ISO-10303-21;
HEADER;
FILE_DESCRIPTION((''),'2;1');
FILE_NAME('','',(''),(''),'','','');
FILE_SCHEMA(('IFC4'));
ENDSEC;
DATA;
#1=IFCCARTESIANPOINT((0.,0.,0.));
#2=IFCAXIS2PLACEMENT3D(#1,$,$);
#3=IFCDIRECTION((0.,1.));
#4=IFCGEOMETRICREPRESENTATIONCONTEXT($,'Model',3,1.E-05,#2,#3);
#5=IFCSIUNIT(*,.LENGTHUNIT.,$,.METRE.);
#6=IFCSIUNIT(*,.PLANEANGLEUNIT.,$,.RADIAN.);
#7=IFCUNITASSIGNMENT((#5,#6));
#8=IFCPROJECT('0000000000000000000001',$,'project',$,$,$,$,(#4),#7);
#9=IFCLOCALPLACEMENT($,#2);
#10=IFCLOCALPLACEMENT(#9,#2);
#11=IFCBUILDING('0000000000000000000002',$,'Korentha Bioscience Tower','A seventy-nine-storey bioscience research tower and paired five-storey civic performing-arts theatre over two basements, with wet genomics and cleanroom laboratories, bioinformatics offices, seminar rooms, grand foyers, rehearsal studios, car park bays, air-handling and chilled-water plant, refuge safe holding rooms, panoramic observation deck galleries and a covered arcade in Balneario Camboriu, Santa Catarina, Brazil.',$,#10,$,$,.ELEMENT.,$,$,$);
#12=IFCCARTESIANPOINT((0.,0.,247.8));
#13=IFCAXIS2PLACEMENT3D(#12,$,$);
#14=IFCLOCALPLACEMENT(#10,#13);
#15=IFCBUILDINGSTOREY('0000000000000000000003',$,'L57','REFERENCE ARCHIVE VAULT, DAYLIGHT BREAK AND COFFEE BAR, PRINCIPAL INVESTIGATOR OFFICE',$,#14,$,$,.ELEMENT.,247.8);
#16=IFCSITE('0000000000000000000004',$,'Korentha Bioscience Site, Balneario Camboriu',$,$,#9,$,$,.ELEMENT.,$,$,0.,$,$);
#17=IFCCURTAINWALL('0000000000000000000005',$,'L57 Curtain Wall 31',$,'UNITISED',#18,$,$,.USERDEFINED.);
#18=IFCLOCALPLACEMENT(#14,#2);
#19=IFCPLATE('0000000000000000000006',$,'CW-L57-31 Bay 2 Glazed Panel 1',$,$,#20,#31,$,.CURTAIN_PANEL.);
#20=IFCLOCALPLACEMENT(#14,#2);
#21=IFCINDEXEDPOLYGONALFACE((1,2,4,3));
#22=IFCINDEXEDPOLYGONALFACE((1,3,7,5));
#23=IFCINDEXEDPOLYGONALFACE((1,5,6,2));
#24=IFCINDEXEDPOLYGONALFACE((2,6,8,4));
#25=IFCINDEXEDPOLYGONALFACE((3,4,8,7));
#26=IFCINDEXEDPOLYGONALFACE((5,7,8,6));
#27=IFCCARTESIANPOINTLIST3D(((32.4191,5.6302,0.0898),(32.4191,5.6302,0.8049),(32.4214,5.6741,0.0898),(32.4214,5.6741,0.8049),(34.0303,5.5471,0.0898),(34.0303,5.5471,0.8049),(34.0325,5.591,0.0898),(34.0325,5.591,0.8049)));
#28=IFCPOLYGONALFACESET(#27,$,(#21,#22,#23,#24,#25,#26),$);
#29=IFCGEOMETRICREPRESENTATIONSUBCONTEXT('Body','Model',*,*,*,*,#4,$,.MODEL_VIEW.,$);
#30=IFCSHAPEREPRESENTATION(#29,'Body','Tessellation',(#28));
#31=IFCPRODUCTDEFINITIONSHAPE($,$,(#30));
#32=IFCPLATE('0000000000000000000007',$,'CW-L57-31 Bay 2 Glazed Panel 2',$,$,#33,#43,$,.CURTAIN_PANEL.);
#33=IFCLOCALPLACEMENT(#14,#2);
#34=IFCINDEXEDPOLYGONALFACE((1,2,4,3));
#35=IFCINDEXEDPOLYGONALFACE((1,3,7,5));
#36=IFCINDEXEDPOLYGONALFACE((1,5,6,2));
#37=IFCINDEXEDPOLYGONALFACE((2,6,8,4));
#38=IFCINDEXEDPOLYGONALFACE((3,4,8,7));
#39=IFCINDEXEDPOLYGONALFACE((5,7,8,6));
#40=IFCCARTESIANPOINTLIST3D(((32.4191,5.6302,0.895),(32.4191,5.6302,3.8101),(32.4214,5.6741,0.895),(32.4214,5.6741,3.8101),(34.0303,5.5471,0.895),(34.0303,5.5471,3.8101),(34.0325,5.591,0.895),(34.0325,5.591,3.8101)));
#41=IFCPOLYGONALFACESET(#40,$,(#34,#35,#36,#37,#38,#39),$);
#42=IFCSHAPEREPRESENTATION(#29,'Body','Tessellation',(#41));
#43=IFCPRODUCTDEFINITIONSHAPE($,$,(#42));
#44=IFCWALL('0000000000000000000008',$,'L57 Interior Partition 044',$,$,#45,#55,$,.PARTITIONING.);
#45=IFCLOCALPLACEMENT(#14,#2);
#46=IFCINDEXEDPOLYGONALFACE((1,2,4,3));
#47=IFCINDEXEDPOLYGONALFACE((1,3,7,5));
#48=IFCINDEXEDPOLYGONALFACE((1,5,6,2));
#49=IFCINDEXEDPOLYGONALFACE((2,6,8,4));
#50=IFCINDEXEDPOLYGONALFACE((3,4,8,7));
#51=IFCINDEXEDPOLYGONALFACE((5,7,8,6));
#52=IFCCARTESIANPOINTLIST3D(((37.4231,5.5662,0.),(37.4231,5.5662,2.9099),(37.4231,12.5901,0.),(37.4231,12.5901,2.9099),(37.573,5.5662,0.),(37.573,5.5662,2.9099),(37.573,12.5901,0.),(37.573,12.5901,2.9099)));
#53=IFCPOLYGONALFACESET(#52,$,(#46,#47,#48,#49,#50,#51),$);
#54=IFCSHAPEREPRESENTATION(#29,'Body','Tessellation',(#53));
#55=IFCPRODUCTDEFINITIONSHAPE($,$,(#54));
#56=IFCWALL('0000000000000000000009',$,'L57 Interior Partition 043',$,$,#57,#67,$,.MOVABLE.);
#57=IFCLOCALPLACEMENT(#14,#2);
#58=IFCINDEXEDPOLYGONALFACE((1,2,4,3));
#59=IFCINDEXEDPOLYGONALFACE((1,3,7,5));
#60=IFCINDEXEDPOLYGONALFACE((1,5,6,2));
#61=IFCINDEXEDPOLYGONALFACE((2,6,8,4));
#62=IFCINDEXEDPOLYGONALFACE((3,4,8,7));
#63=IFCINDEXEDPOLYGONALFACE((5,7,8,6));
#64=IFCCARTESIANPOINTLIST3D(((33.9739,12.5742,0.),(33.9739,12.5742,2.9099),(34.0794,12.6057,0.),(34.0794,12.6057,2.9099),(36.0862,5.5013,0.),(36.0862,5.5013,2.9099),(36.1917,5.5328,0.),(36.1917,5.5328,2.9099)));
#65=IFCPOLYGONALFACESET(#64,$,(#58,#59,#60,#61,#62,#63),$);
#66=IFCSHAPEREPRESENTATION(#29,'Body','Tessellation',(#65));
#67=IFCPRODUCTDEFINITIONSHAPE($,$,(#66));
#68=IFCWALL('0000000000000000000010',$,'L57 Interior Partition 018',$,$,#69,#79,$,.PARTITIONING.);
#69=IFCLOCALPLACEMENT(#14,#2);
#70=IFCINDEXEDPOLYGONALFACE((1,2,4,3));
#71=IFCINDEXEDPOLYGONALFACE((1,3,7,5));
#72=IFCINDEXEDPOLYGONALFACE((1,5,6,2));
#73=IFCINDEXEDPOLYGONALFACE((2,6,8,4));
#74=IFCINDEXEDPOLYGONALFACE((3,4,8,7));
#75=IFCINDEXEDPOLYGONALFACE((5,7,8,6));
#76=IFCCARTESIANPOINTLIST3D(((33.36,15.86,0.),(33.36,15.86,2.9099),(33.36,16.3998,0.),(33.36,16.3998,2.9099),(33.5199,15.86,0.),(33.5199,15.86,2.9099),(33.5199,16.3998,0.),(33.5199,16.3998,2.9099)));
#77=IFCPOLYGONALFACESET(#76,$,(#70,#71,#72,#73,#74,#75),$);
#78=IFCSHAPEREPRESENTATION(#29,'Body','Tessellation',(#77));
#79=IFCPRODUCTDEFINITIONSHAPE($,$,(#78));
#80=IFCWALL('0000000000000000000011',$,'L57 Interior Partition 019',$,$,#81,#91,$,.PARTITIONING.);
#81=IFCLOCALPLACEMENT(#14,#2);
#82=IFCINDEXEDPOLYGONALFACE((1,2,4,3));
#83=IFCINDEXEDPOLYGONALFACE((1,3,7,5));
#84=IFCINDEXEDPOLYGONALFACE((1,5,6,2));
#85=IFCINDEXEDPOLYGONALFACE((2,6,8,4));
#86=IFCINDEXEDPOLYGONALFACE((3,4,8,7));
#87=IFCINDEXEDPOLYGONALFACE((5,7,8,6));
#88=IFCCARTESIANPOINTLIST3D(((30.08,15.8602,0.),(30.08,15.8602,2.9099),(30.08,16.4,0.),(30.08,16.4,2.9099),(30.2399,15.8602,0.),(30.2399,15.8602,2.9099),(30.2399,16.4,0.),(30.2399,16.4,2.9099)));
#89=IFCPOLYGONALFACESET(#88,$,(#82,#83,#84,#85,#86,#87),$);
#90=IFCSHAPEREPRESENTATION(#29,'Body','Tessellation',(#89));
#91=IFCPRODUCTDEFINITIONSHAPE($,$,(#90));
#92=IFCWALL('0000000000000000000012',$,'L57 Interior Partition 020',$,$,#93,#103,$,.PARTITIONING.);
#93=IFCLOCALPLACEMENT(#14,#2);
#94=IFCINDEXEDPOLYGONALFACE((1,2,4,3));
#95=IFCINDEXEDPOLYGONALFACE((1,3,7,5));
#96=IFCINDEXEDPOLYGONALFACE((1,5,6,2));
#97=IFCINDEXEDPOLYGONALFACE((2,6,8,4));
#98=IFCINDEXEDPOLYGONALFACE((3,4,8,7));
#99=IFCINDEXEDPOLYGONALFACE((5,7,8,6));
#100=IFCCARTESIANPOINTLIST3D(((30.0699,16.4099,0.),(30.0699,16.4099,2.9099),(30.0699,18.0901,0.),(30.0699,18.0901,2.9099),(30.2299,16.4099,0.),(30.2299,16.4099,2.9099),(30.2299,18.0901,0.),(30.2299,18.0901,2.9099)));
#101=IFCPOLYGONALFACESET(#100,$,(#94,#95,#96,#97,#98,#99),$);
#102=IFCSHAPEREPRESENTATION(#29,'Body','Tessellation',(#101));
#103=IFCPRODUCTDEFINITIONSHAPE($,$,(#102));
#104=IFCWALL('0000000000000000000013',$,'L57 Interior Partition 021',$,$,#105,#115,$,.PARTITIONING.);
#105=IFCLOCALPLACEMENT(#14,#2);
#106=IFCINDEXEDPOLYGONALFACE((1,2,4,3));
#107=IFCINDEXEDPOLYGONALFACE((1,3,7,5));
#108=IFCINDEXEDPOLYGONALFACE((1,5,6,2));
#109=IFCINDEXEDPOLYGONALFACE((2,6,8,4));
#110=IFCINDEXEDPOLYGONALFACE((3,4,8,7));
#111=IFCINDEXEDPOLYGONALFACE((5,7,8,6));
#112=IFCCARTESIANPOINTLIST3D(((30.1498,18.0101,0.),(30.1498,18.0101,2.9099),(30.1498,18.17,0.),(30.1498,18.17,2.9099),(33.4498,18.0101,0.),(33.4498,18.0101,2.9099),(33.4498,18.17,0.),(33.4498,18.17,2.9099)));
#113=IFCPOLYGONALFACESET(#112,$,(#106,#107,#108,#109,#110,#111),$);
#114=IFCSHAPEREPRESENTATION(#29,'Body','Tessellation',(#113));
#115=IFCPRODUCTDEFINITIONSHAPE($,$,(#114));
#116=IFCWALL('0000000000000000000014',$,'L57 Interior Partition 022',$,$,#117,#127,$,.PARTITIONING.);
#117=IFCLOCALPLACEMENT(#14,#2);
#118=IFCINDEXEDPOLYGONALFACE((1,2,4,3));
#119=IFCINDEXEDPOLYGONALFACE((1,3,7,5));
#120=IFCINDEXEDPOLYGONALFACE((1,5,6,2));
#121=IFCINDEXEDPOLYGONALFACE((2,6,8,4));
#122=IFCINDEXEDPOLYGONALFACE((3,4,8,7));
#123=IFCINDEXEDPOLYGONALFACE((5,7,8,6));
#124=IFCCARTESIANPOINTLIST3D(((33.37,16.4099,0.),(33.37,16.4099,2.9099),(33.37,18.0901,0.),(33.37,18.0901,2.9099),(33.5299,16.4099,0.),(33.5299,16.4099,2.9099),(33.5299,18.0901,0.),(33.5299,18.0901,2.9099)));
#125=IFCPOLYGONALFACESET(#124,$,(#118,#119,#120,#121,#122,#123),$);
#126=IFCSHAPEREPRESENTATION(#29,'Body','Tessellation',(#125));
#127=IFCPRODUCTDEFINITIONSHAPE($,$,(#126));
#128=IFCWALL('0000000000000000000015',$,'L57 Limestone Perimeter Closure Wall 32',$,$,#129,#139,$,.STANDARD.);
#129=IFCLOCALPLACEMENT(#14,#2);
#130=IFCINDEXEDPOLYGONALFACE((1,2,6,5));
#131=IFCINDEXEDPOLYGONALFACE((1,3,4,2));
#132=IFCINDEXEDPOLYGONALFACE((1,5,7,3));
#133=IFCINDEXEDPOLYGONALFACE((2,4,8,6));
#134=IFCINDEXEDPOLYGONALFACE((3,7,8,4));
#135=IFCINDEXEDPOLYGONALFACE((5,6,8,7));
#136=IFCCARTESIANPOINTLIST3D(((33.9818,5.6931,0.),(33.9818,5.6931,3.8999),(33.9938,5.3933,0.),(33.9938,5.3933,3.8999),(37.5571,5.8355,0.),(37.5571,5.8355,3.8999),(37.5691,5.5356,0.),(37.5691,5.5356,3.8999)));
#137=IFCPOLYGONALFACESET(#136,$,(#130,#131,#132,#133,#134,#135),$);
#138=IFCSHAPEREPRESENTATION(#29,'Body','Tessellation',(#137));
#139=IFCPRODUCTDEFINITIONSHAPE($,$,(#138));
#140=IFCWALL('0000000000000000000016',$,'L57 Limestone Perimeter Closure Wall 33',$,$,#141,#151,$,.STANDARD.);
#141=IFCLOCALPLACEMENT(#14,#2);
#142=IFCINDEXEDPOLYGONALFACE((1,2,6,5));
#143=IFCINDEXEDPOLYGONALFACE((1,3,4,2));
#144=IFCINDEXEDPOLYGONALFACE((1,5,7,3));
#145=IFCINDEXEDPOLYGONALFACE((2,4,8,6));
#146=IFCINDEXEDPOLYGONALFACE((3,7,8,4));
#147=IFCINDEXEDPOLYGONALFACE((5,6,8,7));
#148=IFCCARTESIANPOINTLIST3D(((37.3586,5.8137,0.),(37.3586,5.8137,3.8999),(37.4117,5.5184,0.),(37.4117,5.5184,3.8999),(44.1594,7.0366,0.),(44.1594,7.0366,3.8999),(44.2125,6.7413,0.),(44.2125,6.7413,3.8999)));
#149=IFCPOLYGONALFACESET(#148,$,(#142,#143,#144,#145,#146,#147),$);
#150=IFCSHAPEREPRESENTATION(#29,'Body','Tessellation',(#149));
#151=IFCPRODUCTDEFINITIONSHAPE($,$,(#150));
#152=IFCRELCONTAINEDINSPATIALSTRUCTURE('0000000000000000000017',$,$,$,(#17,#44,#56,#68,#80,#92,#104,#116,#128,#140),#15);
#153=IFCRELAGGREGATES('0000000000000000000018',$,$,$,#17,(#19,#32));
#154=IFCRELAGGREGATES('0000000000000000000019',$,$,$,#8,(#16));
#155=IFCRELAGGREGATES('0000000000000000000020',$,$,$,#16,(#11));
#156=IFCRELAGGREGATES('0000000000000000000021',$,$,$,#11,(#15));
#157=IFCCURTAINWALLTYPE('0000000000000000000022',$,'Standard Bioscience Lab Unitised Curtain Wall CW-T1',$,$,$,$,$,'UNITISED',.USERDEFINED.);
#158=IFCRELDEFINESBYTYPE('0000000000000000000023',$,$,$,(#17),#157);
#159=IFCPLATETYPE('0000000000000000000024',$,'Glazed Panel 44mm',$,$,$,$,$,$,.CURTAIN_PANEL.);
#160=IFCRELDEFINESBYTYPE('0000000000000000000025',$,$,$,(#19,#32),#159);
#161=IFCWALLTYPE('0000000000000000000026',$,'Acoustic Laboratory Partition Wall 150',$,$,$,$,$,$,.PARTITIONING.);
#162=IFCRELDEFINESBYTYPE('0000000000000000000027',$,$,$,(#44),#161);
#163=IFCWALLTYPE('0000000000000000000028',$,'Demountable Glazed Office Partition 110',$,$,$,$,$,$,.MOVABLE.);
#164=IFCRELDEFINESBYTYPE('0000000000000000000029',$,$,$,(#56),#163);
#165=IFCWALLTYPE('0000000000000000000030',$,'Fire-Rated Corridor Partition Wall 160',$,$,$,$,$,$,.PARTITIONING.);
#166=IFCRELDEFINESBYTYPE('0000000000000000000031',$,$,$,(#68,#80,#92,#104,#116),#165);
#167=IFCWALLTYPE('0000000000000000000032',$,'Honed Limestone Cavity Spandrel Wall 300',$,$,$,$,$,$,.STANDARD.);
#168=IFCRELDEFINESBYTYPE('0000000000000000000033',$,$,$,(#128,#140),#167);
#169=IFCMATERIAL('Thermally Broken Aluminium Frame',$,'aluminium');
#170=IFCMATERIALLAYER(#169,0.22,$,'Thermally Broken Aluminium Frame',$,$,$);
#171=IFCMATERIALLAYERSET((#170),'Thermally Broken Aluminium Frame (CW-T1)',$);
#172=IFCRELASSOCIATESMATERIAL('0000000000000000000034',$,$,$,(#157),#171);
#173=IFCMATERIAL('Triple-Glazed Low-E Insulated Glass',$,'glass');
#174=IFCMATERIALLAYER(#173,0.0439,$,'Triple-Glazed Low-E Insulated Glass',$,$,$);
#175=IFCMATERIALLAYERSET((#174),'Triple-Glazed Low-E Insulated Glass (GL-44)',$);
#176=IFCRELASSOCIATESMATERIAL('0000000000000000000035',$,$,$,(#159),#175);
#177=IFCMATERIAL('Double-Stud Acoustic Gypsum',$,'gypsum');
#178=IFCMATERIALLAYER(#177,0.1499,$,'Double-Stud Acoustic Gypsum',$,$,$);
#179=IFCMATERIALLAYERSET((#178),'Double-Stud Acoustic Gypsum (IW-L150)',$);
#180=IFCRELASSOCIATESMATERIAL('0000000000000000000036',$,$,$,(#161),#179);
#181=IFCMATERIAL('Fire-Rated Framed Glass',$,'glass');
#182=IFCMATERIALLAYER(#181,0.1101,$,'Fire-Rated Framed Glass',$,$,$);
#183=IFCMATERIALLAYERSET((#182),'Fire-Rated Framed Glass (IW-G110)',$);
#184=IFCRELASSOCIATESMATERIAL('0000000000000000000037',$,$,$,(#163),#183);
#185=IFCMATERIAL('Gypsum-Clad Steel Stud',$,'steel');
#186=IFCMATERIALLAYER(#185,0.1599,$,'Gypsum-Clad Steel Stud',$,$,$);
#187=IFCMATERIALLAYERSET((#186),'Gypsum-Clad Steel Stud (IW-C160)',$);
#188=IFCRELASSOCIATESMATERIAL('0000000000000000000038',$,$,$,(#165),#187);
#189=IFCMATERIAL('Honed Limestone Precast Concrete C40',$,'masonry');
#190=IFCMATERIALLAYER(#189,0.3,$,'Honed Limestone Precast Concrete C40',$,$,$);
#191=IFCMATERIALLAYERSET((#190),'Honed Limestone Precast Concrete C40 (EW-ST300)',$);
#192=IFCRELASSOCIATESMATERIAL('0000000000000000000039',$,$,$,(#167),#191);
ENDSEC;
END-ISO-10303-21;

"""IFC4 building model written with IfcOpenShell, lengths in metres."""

from ifc_helpers import new_model, si_unit, direction, frame, frame_2d, origin, origin_2d, place, context, subcontext, project, spatial, rectangle, extrude, material, layer, layer_set, type_object, element, aggregate, save


model = new_model("IFC4")

# Units and contexts
model_context = context("Model", 3, precision=1e-05, world=origin(), true_north=direction((0.0, 1.0)))
body_context = subcontext(model_context, "Body", "Model", "MODEL_VIEW")
ifc_project = project(units=[si_unit("LENGTHUNIT", "METRE"), si_unit("PLANEANGLEUNIT", "RADIAN")], contexts=[model_context])

# Site, building, storey
site_placement = place(None, origin())
site = spatial("IfcSite", under=ifc_project, at=site_placement, Name="Korentha Bioscience Site, Balneario Camboriu", CompositionType="ELEMENT", RefElevation=0.0)
building_placement = place(site_placement, origin())
building = spatial("IfcBuilding", under=site, at=building_placement, Name="Korentha Bioscience Tower", Description="A seventy-nine-storey bioscience research tower and paired five-storey civic performing-arts theatre over two basements, with wet genomics and cleanroom laboratories, bioinformatics offices, seminar rooms, grand foyers, rehearsal studios, car park bays, air-handling and chilled-water plant, refuge safe holding rooms, panoramic observation deck galleries and a covered arcade in Balneario Camboriu, Santa Catarina, Brazil.", CompositionType="ELEMENT")
storey_placement = place(building_placement, frame((0.0, 0.0, 247.8)))
storey = spatial("IfcBuildingStorey", under=building, at=storey_placement, Name="L57", Description="REFERENCE ARCHIVE VAULT, DAYLIGHT BREAK AND COFFEE BAR, PRINCIPAL INVESTIGATOR OFFICE", CompositionType="ELEMENT", Elevation=247.8)

# Curtain wall
ifc_material_1 = material(Name="Thermally Broken Aluminium Frame", Category="aluminium")
ifc_layer_1 = layer(ifc_material_1, 0.22, Name="Thermally Broken Aluminium Frame")
ifc_layer_set_1 = layer_set([ifc_layer_1], Name="Thermally Broken Aluminium Frame (CW-T1)")
curtain_wall_type = type_object("IfcCurtainWallType", Name="Standard Bioscience Lab Unitised Curtain Wall CW-T1", ElementType="UNITISED", PredefinedType="USERDEFINED", material=ifc_layer_set_1)
curtain_wall_placement = place(storey_placement, origin())
curtain_wall = element("IfcCurtainWall", 1, at=curtain_wall_placement, inside=storey, type_object=curtain_wall_type, Name="L57 Curtain Wall 31", ObjectType="UNITISED", PredefinedType="USERDEFINED")

# Plates
ifc_material_2 = material(Name="Triple-Glazed Low-E Insulated Glass", Category="glass")
ifc_layer_2 = layer(ifc_material_2, 0.0439, Name="Triple-Glazed Low-E Insulated Glass")
ifc_layer_set_2 = layer_set([ifc_layer_2], Name="Triple-Glazed Low-E Insulated Glass (GL-44)")
plate_type = type_object("IfcPlateType", Name="Glazed Panel 44mm", PredefinedType="CURTAIN_PANEL", material=ifc_layer_set_2)
plate_1_placement = place(storey_placement, frame((33.2258, 5.6106, 0.0898), z_axis=(0.0, 0.0, 1.0), x_axis=(0.998671, -0.051538, 0.0)))
plate_1 = element("IfcPlate", 2, at=plate_1_placement, type_object=plate_type, Name="CW-L57-31 Bay 2 Glazed Panel 1", PredefinedType="CURTAIN_PANEL", context=body_context, shape_type="SweptSolid", body=[
    extrude(rectangle(XDim=1.6133, YDim=0.0439, at=origin_2d()), origin(), (0.0, 0.0, 1.0), 0.7151),
])
plate_2_placement = place(storey_placement, frame((33.2258, 5.6106, 0.895), z_axis=(0.0, 0.0, 1.0), x_axis=(0.998671, -0.051538, 0.0)))
plate_2 = element("IfcPlate", 3, at=plate_2_placement, type_object=plate_type, Name="CW-L57-31 Bay 2 Glazed Panel 2", PredefinedType="CURTAIN_PANEL", context=body_context, shape_type="SweptSolid", body=[
    extrude(rectangle(XDim=1.6133, YDim=0.0439, at=origin_2d()), origin(), (0.0, 0.0, 1.0), 2.915),
])
aggregate(curtain_wall, [plate_1, plate_2])

# Shared definitions
ifc_material_3 = material(Name="Double-Stud Acoustic Gypsum", Category="gypsum")
ifc_layer_3 = layer(ifc_material_3, 0.1499, Name="Double-Stud Acoustic Gypsum")
ifc_layer_set_3 = layer_set([ifc_layer_3], Name="Double-Stud Acoustic Gypsum (IW-L150)")
wall_type_1 = type_object("IfcWallType", Name="Acoustic Laboratory Partition Wall 150", PredefinedType="PARTITIONING", material=ifc_layer_set_3)

# Walls
wall_1_placement = place(storey_placement, frame((37.498, 12.5901, 0.0), z_axis=(0.0, 0.0, 1.0), x_axis=(0.0, -1.0, 0.0)))
element("IfcWall", 4, at=wall_1_placement, inside=storey, type_object=wall_type_1, Name="L57 Interior Partition 044", PredefinedType="PARTITIONING", context=body_context, shape_type="SweptSolid", body=[
    extrude(rectangle(XDim=7.0239, YDim=0.1499, at=frame_2d((3.512, 0.0))), origin(), (0.0, 0.0, 1.0), 2.9099),
])
ifc_material_4 = material(Name="Fire-Rated Framed Glass", Category="glass")
ifc_layer_4 = layer(ifc_material_4, 0.1101, Name="Fire-Rated Framed Glass")
ifc_layer_set_4 = layer_set([ifc_layer_4], Name="Fire-Rated Framed Glass (IW-G110)")
wall_type_2 = type_object("IfcWallType", Name="Demountable Glazed Office Partition 110", PredefinedType="MOVABLE", material=ifc_layer_set_4)
wall_2_placement = place(storey_placement, frame((34.0266, 12.5901, 0.0), z_axis=(0.0, 0.0, 1.0), x_axis=(0.286155, -0.958183, 0.0)))
element("IfcWall", 5, at=wall_2_placement, inside=storey, type_object=wall_type_2, Name="L57 Interior Partition 043", PredefinedType="MOVABLE", context=body_context, shape_type="SweptSolid", body=[
    extrude(rectangle(XDim=7.3816, YDim=0.1101, at=frame_2d((3.6909, 0.0))), origin(), (0.0, 0.0, 1.0), 2.9099),
])

# Shared definitions
ifc_material_5 = material(Name="Gypsum-Clad Steel Stud", Category="steel")
ifc_layer_5 = layer(ifc_material_5, 0.1599, Name="Gypsum-Clad Steel Stud")
ifc_layer_set_5 = layer_set([ifc_layer_5], Name="Gypsum-Clad Steel Stud (IW-C160)")
wall_type_3 = type_object("IfcWallType", Name="Fire-Rated Corridor Partition Wall 160", PredefinedType="PARTITIONING", material=ifc_layer_set_5)

# Walls
for number, where, z_axis, x_axis, name in (
    (6, (33.4399, 16.3999, 0.0), (0.0, 0.0, 1.0), (0.0, -1.0, 0.0), "L57 Interior Partition 018"),
    (7, (30.1599, 15.8601, 0.0), (0.0, 0.0, 1.0), (0.0, 1.0, 0.0), "L57 Interior Partition 019"),
):
    element("IfcWall", number, at=place(storey_placement, frame(where, z_axis=z_axis, x_axis=x_axis)), inside=storey, type_object=wall_type_3, Name=name, PredefinedType="PARTITIONING", context=body_context, shape_type="SweptSolid", body=[
        extrude(rectangle(XDim=0.5398, YDim=0.1599, at=frame_2d((0.27, 0.0))), origin(), (0.0, 0.0, 1.0), 2.9099),
    ])
wall_3_placement = place(storey_placement, frame((30.1499, 16.4099, 0.0), z_axis=(0.0, 0.0, 1.0), x_axis=(0.0, 1.0, 0.0)))
element("IfcWall", 8, at=wall_3_placement, inside=storey, type_object=wall_type_3, Name="L57 Interior Partition 020", PredefinedType="PARTITIONING", context=body_context, shape_type="SweptSolid", body=[
    extrude(rectangle(XDim=1.6802, YDim=0.1599, at=frame_2d((0.8401, 0.0))), origin(), (0.0, 0.0, 1.0), 2.9099),
])
wall_4_placement = place(storey_placement, frame((30.1499, 18.0901, 0.0), z_axis=(0.0, 0.0, 1.0), x_axis=(1.0, 0.0, 0.0)))
element("IfcWall", 9, at=wall_4_placement, inside=storey, type_object=wall_type_3, Name="L57 Interior Partition 021", PredefinedType="PARTITIONING", context=body_context, shape_type="SweptSolid", body=[
    extrude(rectangle(XDim=3.3, YDim=0.1599, at=frame_2d((1.6499, 0.0))), origin(), (0.0, 0.0, 1.0), 2.9099),
])
wall_5_placement = place(storey_placement, frame((33.45, 18.0901, 0.0), z_axis=(0.0, 0.0, 1.0), x_axis=(0.0, -1.0, 0.0)))
element("IfcWall", 10, at=wall_5_placement, inside=storey, type_object=wall_type_3, Name="L57 Interior Partition 022", PredefinedType="PARTITIONING", context=body_context, shape_type="SweptSolid", body=[
    extrude(rectangle(XDim=1.6802, YDim=0.1599, at=frame_2d((0.8401, 0.0))), origin(), (0.0, 0.0, 1.0), 2.9099),
])
ifc_material_6 = material(Name="Honed Limestone Precast Concrete C40", Category="masonry")
ifc_layer_6 = layer(ifc_material_6, 0.3, Name="Honed Limestone Precast Concrete C40")
ifc_layer_set_6 = layer_set([ifc_layer_6], Name="Honed Limestone Precast Concrete C40 (EW-ST300)")
wall_type_4 = type_object("IfcWallType", Name="Honed Limestone Cavity Spandrel Wall 300", PredefinedType="STANDARD", material=ifc_layer_set_6)
wall_6_placement = place(storey_placement, frame((33.9878, 5.5432, 0.0), z_axis=(0.0, 0.0, 1.0), x_axis=(0.999208, 0.03978, 0.0)))
element("IfcWall", 11, at=wall_6_placement, inside=storey, type_object=wall_type_4, Name="L57 Limestone Perimeter Closure Wall 32", PredefinedType="STANDARD", context=body_context, shape_type="SweptSolid", body=[
    extrude(rectangle(XDim=3.5781, YDim=0.3, at=frame_2d((1.7891, 0.0))), origin(), (0.0, 0.0, 1.0), 3.8999),
])
wall_7_placement = place(storey_placement, frame((37.385, 5.666, 0.0), z_axis=(0.0, 0.0, 1.0), x_axis=(0.984215, 0.176979, 0.0)))
element("IfcWall", 12, at=wall_7_placement, inside=storey, type_object=wall_type_4, Name="L57 Limestone Perimeter Closure Wall 33", PredefinedType="STANDARD", context=body_context, shape_type="SweptSolid", body=[
    extrude(rectangle(XDim=6.9099, YDim=0.3, at=frame_2d((3.4551, 0.0))), origin(), (0.0, 0.0, 1.0), 3.8999),
])

save(model, "model.ifc")
